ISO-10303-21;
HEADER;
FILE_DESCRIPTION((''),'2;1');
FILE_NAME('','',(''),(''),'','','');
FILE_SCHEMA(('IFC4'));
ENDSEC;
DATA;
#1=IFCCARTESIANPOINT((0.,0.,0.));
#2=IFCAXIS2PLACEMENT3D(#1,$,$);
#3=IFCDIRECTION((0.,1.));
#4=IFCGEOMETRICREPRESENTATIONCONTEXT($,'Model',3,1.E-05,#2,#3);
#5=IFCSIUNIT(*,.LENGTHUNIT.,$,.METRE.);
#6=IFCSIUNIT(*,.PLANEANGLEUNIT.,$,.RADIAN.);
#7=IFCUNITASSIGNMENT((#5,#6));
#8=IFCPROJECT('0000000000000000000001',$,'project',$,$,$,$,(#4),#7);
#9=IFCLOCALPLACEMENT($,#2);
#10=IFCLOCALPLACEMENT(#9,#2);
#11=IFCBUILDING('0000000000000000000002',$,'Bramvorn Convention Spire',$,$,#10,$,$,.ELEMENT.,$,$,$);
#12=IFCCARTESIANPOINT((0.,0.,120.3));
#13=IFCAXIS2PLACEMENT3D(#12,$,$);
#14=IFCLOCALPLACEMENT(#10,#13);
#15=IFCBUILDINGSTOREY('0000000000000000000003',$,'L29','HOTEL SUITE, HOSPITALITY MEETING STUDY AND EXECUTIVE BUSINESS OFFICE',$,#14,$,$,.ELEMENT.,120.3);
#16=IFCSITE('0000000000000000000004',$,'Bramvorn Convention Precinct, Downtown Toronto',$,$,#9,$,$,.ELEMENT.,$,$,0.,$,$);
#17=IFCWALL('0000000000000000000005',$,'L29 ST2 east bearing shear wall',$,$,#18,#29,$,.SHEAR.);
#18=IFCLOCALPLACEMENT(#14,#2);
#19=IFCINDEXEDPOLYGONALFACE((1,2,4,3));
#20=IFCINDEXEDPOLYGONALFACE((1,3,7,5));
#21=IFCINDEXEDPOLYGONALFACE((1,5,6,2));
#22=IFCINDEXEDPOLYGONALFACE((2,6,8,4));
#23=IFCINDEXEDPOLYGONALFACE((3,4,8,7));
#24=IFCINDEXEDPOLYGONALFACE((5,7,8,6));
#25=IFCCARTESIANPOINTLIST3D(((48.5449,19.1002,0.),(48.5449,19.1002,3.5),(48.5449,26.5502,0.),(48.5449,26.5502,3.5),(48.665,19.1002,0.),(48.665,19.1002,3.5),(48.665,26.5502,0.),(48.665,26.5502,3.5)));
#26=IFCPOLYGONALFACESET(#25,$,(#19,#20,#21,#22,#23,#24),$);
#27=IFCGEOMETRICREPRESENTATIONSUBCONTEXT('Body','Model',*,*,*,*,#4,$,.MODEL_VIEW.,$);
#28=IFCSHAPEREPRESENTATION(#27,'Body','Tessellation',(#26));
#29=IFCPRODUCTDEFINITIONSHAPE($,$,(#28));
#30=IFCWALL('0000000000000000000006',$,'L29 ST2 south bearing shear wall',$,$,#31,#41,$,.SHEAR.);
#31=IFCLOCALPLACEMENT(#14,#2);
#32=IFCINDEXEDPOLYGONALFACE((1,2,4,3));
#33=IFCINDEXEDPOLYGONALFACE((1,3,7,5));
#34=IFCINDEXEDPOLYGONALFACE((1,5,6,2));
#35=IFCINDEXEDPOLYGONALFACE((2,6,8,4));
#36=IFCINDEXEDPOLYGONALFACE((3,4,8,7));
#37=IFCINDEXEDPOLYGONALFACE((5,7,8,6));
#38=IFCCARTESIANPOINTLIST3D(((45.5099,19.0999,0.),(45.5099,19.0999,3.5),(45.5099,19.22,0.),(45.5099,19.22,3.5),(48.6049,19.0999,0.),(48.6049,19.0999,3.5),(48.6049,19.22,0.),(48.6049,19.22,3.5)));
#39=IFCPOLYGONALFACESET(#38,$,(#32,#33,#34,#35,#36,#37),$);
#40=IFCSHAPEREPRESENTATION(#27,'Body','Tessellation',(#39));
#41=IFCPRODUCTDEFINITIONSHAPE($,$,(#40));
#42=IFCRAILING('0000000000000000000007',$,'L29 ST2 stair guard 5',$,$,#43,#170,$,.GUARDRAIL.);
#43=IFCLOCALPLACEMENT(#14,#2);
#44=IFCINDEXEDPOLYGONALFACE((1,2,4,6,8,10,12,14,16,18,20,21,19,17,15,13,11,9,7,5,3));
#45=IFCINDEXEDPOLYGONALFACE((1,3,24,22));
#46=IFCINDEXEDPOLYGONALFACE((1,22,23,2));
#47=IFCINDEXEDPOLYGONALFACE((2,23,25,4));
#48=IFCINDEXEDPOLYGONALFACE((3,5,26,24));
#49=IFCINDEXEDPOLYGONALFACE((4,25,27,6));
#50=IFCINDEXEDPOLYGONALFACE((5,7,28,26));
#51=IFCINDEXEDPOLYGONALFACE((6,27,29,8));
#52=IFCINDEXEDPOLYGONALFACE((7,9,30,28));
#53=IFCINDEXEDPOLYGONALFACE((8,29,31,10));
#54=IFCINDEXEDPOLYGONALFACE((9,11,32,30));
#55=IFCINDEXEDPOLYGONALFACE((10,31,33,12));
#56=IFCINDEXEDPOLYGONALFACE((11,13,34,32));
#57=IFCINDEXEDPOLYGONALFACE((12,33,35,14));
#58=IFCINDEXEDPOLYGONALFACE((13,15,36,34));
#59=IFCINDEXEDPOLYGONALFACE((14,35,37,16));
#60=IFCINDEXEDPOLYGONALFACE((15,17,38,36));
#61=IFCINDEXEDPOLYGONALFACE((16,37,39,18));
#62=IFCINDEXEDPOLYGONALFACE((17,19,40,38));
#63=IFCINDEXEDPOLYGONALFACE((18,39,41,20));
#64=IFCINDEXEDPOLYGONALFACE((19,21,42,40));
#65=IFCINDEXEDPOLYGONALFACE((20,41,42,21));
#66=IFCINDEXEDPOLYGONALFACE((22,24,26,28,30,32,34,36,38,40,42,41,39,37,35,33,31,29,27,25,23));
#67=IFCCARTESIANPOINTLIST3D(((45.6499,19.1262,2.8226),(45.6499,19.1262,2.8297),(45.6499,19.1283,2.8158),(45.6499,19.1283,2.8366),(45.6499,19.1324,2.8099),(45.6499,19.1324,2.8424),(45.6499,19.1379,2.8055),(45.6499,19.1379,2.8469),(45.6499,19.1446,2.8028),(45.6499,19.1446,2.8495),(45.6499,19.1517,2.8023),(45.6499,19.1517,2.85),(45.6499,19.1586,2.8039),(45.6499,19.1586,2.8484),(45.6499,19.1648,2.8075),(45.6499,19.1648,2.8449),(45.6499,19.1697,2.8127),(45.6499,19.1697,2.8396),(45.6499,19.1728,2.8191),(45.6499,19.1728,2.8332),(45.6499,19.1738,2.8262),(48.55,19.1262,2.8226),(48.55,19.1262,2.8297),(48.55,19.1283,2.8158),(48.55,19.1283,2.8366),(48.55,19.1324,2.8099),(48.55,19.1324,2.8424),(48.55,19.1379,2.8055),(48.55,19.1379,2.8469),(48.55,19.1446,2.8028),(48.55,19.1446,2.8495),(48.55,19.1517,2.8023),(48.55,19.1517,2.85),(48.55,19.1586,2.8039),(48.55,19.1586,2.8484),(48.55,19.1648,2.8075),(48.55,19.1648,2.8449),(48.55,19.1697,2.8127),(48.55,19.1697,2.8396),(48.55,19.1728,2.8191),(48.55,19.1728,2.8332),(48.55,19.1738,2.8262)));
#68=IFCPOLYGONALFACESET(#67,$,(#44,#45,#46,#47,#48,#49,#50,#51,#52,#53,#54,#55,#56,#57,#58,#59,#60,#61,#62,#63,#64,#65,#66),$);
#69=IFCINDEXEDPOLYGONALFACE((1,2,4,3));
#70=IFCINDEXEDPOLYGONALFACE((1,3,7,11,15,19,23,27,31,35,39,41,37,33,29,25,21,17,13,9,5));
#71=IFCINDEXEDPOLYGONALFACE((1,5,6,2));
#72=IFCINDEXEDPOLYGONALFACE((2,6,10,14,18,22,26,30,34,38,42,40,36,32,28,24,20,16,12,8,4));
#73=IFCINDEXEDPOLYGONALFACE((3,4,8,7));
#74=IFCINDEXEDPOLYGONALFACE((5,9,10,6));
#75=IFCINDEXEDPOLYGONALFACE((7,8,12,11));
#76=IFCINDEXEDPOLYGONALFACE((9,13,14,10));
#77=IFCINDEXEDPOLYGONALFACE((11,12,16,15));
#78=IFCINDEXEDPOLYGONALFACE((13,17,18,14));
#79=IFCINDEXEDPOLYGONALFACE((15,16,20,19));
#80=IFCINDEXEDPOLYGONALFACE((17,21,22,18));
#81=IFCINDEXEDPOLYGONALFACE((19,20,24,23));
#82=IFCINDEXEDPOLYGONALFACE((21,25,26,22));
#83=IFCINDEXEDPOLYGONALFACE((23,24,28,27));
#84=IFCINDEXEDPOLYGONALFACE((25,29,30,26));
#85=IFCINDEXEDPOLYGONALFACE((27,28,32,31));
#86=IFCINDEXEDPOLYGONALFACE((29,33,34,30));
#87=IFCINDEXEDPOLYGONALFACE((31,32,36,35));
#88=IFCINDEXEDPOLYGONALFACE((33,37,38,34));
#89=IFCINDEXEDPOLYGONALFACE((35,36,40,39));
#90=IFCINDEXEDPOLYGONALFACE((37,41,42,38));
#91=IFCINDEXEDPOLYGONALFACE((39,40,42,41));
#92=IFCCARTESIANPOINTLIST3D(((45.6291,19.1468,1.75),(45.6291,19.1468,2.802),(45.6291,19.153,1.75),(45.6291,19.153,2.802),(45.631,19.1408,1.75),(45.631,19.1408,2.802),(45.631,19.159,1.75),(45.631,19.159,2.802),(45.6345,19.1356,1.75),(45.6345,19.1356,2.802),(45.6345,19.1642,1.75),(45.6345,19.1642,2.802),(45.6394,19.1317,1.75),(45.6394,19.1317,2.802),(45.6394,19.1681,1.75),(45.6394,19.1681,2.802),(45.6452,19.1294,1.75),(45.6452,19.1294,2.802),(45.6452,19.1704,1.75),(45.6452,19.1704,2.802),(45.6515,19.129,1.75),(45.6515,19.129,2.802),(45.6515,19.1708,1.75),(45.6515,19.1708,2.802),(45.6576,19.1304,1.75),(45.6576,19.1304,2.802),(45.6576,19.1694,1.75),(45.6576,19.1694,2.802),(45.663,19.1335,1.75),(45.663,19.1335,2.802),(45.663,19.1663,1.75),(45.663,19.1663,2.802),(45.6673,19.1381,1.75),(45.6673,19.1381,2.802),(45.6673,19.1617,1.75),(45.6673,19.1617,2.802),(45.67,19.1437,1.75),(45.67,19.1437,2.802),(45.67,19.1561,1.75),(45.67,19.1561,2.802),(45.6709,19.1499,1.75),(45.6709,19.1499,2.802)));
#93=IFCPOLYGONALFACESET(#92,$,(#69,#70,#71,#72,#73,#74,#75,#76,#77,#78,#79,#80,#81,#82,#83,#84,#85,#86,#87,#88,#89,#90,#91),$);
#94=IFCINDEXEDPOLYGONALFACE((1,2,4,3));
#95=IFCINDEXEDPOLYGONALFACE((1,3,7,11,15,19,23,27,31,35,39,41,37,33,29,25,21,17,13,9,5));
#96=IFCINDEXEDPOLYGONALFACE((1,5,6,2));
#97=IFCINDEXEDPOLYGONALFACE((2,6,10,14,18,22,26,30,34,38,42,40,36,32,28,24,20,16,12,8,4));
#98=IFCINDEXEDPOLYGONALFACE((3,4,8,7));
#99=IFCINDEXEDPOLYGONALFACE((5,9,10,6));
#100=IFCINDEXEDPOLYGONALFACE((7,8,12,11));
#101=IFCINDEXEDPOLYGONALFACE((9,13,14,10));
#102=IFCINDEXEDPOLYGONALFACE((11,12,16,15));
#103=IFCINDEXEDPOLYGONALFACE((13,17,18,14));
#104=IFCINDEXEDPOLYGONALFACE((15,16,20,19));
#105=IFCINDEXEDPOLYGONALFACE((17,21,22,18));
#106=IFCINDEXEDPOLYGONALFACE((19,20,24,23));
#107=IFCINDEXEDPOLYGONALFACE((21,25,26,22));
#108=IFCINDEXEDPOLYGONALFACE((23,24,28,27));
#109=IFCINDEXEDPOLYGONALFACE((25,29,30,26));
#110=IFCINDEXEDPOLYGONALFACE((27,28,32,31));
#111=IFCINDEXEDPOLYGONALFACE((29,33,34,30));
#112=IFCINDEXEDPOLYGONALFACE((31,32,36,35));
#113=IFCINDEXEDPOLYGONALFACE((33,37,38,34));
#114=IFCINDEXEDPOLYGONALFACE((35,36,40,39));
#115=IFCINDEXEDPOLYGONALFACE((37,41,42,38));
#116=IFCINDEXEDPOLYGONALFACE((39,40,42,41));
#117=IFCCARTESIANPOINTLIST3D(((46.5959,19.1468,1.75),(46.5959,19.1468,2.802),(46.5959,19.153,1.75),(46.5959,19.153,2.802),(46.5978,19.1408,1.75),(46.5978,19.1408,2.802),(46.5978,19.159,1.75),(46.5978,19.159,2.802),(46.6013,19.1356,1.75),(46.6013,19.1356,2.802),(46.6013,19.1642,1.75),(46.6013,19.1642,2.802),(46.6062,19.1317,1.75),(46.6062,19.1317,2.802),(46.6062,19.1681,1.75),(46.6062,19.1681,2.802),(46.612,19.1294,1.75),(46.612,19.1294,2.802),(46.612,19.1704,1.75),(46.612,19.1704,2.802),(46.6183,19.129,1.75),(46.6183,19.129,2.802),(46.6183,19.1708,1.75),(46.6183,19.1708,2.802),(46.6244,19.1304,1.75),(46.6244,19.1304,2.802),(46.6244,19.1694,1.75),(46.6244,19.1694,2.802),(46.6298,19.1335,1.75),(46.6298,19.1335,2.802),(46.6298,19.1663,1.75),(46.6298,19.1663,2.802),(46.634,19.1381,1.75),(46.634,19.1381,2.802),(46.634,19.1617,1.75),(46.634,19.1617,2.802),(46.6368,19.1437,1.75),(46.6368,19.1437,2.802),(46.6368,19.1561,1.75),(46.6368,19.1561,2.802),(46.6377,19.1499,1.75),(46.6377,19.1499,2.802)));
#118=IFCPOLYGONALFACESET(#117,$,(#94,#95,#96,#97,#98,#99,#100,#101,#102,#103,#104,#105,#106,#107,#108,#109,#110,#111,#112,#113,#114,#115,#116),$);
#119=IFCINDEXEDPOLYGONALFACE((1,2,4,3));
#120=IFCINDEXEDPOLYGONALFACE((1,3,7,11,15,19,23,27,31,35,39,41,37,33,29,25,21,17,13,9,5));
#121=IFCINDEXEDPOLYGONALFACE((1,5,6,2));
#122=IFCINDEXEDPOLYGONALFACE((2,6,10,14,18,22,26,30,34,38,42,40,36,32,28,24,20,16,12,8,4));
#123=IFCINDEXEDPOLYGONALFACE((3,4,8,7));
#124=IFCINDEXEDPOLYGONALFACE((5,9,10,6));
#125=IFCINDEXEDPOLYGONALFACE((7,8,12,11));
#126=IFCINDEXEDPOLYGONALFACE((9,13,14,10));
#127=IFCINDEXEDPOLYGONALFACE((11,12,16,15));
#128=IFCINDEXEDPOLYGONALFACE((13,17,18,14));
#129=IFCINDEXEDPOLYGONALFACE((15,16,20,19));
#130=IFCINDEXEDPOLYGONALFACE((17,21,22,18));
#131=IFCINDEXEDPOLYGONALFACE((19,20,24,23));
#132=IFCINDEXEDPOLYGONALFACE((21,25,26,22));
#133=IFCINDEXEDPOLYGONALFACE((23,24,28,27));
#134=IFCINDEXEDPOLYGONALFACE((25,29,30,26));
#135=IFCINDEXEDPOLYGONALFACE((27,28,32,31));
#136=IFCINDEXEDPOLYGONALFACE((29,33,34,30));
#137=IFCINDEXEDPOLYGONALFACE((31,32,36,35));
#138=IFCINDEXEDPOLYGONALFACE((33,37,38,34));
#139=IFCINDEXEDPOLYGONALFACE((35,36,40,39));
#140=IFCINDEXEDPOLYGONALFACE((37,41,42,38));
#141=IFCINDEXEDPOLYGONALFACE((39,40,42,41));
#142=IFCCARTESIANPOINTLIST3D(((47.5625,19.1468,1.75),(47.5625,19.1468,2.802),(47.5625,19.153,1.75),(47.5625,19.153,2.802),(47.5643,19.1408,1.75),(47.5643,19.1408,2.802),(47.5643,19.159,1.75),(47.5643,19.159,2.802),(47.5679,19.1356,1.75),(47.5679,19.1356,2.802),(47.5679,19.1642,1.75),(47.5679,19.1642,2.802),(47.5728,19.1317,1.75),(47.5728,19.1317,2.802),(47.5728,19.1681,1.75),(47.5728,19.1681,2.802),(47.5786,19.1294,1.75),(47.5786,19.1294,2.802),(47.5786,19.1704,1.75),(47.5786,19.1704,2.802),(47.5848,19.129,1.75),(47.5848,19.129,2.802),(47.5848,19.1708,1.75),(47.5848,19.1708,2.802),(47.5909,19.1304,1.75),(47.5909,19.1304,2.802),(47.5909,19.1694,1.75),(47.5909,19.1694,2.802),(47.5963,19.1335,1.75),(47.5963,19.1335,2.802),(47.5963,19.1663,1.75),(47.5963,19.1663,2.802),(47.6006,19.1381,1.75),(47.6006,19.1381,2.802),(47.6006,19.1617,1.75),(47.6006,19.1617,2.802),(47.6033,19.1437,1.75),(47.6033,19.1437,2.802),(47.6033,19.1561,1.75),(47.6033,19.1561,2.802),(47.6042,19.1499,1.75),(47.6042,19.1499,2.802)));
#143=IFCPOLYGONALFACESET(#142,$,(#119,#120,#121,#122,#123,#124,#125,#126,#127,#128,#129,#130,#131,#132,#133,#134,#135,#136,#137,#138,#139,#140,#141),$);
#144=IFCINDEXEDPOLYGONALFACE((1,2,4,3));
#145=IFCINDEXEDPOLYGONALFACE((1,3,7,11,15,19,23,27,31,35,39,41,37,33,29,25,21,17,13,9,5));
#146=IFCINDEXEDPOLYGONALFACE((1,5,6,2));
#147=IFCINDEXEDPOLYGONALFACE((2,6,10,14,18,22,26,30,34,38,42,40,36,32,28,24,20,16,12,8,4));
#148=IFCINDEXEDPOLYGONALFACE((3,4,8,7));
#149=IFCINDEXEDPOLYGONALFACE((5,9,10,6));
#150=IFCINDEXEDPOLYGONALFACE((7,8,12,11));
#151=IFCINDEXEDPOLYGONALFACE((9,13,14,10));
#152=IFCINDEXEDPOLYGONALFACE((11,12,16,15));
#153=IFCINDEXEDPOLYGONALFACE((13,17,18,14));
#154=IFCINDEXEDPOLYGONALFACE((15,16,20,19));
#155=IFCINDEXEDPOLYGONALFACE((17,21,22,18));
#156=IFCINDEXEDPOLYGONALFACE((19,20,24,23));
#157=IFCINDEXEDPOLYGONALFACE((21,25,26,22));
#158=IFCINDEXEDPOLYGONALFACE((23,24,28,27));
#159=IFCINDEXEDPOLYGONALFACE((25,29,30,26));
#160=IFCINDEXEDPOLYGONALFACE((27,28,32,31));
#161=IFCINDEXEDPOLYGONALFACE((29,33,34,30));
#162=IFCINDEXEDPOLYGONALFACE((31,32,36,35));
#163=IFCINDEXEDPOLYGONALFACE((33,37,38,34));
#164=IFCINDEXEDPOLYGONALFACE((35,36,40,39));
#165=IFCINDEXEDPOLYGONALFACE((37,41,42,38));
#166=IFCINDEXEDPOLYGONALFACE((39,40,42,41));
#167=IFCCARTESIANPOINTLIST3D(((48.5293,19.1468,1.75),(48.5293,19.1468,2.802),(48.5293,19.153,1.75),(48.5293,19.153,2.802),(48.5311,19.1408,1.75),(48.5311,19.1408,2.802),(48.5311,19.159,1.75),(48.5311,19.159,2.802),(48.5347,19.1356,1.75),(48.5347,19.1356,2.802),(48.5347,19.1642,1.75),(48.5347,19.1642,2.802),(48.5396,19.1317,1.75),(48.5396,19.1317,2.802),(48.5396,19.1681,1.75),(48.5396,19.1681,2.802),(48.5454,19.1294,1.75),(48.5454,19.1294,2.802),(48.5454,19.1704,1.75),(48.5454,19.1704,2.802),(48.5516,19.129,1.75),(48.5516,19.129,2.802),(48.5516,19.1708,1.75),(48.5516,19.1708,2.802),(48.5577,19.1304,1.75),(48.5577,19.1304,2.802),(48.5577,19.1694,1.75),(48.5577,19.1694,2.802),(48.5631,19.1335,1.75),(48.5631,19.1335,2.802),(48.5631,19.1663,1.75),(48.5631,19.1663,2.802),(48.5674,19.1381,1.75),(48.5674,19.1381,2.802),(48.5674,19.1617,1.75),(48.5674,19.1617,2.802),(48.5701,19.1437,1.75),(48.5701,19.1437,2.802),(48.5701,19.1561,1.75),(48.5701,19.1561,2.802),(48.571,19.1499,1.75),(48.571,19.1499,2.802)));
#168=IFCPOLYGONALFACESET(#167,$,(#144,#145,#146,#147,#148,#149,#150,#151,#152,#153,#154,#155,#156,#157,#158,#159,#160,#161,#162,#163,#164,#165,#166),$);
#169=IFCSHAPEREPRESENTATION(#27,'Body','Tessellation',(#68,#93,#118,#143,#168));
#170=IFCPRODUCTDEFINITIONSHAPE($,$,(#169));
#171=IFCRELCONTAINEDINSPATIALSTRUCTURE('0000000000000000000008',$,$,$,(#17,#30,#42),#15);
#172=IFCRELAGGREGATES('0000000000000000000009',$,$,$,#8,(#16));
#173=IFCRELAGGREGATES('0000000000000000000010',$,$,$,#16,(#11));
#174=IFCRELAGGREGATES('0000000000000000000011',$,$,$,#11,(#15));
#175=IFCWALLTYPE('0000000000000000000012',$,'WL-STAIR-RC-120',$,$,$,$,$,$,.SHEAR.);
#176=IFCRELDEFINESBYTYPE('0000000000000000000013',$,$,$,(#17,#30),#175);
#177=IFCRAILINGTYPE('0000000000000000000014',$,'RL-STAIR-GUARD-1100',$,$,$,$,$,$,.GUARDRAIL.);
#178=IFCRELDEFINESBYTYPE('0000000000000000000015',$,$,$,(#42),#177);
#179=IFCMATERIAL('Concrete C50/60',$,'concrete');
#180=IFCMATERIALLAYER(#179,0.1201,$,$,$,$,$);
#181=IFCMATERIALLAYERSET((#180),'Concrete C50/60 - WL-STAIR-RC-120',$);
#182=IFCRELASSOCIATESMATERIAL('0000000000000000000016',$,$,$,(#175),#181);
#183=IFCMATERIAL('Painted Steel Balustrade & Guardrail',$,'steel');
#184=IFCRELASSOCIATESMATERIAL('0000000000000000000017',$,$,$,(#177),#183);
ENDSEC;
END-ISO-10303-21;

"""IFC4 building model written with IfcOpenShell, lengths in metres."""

from ifc_helpers import new_model, si_unit, direction, frame, frame_2d, origin, origin_2d, place, context, subcontext, project, spatial, rectangle, circle, extrude, material, layer, layer_set, type_object, element, save


model = new_model("IFC4")

# Units and contexts
model_context = context("Model", 3, precision=1e-05, world=origin(), true_north=direction((0.0, 1.0)))
body_context = subcontext(model_context, "Body", "Model", "MODEL_VIEW")
ifc_project = project(units=[si_unit("LENGTHUNIT", "METRE"), si_unit("PLANEANGLEUNIT", "RADIAN")], contexts=[model_context])

# Site, building, storey
site_placement = place(None, origin())
site = spatial("IfcSite", under=ifc_project, at=site_placement, Name="Bramvorn Convention Precinct, Downtown Toronto", CompositionType="ELEMENT", RefElevation=0.0)
building_placement = place(site_placement, origin())
building = spatial("IfcBuilding", under=site, at=building_placement, Name="Bramvorn Convention Spire", CompositionType="ELEMENT")
storey_placement = place(building_placement, frame((0.0, 0.0, 120.3)))
storey = spatial("IfcBuildingStorey", under=building, at=storey_placement, Name="L29", Description="HOTEL SUITE, HOSPITALITY MEETING STUDY AND EXECUTIVE BUSINESS OFFICE", CompositionType="ELEMENT", Elevation=120.3)

# Shared definitions
ifc_material_1 = material(Name="Concrete C50/60", Category="concrete")

# Walls
ifc_layer_1 = layer(ifc_material_1, 0.1201)
ifc_layer_set_1 = layer_set([ifc_layer_1], Name="Concrete C50/60 - WL-STAIR-RC-120")
wall_type_1 = type_object("IfcWallType", Name="WL-STAIR-RC-120", PredefinedType="SHEAR", material=ifc_layer_set_1)
wall_1_placement = place(storey_placement, frame((48.605, 19.1001, 0.0), z_axis=(0.0, 0.0, 1.0), x_axis=(0.0, 1.0, 0.0)))
element("IfcWall", 1, at=wall_1_placement, inside=storey, type_object=wall_type_1, Name="L29 ST2 east bearing shear wall", PredefinedType="SHEAR", context=body_context, shape_type="SweptSolid", body=[
    extrude(rectangle(XDim=7.45, YDim=0.1201, at=frame_2d((3.7251, 0.0))), origin(), (0.0, 0.0, 1.0), 3.5),
])
wall_2_placement = place(storey_placement, frame((45.51, 19.1599, 0.0), z_axis=(0.0, 0.0, 1.0), x_axis=(1.0, 0.0, 0.0)))
element("IfcWall", 2, at=wall_2_placement, inside=storey, type_object=wall_type_1, Name="L29 ST2 south bearing shear wall", PredefinedType="SHEAR", context=body_context, shape_type="SweptSolid", body=[
    extrude(rectangle(XDim=3.095, YDim=0.1201, at=frame_2d((1.5474, 0.0))), origin(), (0.0, 0.0, 1.0), 3.5),
])

# Railing
ifc_material_2 = material(Name="Painted Steel Balustrade & Guardrail", Category="steel")
railing_type = type_object("IfcRailingType", Name="RL-STAIR-GUARD-1100", PredefinedType="GUARDRAIL", material=ifc_material_2)
railing_1_placement = place(storey_placement, frame((45.6499, 19.1499, 1.75)))
element("IfcRailing", 3, at=railing_1_placement, inside=storey, type_object=railing_type, Name="L29 ST2 stair guard 5", PredefinedType="GUARDRAIL", context=body_context, shape_type="SweptSolid", body=[
    extrude(circle(Radius=0.0239, at=origin_2d()), frame((0.0, 0.0, 1.0762), z_axis=(1.0, 0.0, 0.0), x_axis=(0.0, 1.0, 0.0)), (0.0, 0.0, 1.0), 2.9001),
    extrude(circle(Radius=0.021, at=origin_2d()), origin(), (0.0, 0.0, 1.0), 1.052),
    extrude(circle(Radius=0.021, at=origin_2d()), frame((0.9668, 0.0, 0.0)), (0.0, 0.0, 1.0), 1.052),
    extrude(circle(Radius=0.021, at=origin_2d()), frame((1.9333, 0.0, 0.0)), (0.0, 0.0, 1.0), 1.052),
    extrude(circle(Radius=0.021, at=origin_2d()), frame((2.9001, 0.0, 0.0)), (0.0, 0.0, 1.0), 1.052),
])

save(model, "model.ifc")
